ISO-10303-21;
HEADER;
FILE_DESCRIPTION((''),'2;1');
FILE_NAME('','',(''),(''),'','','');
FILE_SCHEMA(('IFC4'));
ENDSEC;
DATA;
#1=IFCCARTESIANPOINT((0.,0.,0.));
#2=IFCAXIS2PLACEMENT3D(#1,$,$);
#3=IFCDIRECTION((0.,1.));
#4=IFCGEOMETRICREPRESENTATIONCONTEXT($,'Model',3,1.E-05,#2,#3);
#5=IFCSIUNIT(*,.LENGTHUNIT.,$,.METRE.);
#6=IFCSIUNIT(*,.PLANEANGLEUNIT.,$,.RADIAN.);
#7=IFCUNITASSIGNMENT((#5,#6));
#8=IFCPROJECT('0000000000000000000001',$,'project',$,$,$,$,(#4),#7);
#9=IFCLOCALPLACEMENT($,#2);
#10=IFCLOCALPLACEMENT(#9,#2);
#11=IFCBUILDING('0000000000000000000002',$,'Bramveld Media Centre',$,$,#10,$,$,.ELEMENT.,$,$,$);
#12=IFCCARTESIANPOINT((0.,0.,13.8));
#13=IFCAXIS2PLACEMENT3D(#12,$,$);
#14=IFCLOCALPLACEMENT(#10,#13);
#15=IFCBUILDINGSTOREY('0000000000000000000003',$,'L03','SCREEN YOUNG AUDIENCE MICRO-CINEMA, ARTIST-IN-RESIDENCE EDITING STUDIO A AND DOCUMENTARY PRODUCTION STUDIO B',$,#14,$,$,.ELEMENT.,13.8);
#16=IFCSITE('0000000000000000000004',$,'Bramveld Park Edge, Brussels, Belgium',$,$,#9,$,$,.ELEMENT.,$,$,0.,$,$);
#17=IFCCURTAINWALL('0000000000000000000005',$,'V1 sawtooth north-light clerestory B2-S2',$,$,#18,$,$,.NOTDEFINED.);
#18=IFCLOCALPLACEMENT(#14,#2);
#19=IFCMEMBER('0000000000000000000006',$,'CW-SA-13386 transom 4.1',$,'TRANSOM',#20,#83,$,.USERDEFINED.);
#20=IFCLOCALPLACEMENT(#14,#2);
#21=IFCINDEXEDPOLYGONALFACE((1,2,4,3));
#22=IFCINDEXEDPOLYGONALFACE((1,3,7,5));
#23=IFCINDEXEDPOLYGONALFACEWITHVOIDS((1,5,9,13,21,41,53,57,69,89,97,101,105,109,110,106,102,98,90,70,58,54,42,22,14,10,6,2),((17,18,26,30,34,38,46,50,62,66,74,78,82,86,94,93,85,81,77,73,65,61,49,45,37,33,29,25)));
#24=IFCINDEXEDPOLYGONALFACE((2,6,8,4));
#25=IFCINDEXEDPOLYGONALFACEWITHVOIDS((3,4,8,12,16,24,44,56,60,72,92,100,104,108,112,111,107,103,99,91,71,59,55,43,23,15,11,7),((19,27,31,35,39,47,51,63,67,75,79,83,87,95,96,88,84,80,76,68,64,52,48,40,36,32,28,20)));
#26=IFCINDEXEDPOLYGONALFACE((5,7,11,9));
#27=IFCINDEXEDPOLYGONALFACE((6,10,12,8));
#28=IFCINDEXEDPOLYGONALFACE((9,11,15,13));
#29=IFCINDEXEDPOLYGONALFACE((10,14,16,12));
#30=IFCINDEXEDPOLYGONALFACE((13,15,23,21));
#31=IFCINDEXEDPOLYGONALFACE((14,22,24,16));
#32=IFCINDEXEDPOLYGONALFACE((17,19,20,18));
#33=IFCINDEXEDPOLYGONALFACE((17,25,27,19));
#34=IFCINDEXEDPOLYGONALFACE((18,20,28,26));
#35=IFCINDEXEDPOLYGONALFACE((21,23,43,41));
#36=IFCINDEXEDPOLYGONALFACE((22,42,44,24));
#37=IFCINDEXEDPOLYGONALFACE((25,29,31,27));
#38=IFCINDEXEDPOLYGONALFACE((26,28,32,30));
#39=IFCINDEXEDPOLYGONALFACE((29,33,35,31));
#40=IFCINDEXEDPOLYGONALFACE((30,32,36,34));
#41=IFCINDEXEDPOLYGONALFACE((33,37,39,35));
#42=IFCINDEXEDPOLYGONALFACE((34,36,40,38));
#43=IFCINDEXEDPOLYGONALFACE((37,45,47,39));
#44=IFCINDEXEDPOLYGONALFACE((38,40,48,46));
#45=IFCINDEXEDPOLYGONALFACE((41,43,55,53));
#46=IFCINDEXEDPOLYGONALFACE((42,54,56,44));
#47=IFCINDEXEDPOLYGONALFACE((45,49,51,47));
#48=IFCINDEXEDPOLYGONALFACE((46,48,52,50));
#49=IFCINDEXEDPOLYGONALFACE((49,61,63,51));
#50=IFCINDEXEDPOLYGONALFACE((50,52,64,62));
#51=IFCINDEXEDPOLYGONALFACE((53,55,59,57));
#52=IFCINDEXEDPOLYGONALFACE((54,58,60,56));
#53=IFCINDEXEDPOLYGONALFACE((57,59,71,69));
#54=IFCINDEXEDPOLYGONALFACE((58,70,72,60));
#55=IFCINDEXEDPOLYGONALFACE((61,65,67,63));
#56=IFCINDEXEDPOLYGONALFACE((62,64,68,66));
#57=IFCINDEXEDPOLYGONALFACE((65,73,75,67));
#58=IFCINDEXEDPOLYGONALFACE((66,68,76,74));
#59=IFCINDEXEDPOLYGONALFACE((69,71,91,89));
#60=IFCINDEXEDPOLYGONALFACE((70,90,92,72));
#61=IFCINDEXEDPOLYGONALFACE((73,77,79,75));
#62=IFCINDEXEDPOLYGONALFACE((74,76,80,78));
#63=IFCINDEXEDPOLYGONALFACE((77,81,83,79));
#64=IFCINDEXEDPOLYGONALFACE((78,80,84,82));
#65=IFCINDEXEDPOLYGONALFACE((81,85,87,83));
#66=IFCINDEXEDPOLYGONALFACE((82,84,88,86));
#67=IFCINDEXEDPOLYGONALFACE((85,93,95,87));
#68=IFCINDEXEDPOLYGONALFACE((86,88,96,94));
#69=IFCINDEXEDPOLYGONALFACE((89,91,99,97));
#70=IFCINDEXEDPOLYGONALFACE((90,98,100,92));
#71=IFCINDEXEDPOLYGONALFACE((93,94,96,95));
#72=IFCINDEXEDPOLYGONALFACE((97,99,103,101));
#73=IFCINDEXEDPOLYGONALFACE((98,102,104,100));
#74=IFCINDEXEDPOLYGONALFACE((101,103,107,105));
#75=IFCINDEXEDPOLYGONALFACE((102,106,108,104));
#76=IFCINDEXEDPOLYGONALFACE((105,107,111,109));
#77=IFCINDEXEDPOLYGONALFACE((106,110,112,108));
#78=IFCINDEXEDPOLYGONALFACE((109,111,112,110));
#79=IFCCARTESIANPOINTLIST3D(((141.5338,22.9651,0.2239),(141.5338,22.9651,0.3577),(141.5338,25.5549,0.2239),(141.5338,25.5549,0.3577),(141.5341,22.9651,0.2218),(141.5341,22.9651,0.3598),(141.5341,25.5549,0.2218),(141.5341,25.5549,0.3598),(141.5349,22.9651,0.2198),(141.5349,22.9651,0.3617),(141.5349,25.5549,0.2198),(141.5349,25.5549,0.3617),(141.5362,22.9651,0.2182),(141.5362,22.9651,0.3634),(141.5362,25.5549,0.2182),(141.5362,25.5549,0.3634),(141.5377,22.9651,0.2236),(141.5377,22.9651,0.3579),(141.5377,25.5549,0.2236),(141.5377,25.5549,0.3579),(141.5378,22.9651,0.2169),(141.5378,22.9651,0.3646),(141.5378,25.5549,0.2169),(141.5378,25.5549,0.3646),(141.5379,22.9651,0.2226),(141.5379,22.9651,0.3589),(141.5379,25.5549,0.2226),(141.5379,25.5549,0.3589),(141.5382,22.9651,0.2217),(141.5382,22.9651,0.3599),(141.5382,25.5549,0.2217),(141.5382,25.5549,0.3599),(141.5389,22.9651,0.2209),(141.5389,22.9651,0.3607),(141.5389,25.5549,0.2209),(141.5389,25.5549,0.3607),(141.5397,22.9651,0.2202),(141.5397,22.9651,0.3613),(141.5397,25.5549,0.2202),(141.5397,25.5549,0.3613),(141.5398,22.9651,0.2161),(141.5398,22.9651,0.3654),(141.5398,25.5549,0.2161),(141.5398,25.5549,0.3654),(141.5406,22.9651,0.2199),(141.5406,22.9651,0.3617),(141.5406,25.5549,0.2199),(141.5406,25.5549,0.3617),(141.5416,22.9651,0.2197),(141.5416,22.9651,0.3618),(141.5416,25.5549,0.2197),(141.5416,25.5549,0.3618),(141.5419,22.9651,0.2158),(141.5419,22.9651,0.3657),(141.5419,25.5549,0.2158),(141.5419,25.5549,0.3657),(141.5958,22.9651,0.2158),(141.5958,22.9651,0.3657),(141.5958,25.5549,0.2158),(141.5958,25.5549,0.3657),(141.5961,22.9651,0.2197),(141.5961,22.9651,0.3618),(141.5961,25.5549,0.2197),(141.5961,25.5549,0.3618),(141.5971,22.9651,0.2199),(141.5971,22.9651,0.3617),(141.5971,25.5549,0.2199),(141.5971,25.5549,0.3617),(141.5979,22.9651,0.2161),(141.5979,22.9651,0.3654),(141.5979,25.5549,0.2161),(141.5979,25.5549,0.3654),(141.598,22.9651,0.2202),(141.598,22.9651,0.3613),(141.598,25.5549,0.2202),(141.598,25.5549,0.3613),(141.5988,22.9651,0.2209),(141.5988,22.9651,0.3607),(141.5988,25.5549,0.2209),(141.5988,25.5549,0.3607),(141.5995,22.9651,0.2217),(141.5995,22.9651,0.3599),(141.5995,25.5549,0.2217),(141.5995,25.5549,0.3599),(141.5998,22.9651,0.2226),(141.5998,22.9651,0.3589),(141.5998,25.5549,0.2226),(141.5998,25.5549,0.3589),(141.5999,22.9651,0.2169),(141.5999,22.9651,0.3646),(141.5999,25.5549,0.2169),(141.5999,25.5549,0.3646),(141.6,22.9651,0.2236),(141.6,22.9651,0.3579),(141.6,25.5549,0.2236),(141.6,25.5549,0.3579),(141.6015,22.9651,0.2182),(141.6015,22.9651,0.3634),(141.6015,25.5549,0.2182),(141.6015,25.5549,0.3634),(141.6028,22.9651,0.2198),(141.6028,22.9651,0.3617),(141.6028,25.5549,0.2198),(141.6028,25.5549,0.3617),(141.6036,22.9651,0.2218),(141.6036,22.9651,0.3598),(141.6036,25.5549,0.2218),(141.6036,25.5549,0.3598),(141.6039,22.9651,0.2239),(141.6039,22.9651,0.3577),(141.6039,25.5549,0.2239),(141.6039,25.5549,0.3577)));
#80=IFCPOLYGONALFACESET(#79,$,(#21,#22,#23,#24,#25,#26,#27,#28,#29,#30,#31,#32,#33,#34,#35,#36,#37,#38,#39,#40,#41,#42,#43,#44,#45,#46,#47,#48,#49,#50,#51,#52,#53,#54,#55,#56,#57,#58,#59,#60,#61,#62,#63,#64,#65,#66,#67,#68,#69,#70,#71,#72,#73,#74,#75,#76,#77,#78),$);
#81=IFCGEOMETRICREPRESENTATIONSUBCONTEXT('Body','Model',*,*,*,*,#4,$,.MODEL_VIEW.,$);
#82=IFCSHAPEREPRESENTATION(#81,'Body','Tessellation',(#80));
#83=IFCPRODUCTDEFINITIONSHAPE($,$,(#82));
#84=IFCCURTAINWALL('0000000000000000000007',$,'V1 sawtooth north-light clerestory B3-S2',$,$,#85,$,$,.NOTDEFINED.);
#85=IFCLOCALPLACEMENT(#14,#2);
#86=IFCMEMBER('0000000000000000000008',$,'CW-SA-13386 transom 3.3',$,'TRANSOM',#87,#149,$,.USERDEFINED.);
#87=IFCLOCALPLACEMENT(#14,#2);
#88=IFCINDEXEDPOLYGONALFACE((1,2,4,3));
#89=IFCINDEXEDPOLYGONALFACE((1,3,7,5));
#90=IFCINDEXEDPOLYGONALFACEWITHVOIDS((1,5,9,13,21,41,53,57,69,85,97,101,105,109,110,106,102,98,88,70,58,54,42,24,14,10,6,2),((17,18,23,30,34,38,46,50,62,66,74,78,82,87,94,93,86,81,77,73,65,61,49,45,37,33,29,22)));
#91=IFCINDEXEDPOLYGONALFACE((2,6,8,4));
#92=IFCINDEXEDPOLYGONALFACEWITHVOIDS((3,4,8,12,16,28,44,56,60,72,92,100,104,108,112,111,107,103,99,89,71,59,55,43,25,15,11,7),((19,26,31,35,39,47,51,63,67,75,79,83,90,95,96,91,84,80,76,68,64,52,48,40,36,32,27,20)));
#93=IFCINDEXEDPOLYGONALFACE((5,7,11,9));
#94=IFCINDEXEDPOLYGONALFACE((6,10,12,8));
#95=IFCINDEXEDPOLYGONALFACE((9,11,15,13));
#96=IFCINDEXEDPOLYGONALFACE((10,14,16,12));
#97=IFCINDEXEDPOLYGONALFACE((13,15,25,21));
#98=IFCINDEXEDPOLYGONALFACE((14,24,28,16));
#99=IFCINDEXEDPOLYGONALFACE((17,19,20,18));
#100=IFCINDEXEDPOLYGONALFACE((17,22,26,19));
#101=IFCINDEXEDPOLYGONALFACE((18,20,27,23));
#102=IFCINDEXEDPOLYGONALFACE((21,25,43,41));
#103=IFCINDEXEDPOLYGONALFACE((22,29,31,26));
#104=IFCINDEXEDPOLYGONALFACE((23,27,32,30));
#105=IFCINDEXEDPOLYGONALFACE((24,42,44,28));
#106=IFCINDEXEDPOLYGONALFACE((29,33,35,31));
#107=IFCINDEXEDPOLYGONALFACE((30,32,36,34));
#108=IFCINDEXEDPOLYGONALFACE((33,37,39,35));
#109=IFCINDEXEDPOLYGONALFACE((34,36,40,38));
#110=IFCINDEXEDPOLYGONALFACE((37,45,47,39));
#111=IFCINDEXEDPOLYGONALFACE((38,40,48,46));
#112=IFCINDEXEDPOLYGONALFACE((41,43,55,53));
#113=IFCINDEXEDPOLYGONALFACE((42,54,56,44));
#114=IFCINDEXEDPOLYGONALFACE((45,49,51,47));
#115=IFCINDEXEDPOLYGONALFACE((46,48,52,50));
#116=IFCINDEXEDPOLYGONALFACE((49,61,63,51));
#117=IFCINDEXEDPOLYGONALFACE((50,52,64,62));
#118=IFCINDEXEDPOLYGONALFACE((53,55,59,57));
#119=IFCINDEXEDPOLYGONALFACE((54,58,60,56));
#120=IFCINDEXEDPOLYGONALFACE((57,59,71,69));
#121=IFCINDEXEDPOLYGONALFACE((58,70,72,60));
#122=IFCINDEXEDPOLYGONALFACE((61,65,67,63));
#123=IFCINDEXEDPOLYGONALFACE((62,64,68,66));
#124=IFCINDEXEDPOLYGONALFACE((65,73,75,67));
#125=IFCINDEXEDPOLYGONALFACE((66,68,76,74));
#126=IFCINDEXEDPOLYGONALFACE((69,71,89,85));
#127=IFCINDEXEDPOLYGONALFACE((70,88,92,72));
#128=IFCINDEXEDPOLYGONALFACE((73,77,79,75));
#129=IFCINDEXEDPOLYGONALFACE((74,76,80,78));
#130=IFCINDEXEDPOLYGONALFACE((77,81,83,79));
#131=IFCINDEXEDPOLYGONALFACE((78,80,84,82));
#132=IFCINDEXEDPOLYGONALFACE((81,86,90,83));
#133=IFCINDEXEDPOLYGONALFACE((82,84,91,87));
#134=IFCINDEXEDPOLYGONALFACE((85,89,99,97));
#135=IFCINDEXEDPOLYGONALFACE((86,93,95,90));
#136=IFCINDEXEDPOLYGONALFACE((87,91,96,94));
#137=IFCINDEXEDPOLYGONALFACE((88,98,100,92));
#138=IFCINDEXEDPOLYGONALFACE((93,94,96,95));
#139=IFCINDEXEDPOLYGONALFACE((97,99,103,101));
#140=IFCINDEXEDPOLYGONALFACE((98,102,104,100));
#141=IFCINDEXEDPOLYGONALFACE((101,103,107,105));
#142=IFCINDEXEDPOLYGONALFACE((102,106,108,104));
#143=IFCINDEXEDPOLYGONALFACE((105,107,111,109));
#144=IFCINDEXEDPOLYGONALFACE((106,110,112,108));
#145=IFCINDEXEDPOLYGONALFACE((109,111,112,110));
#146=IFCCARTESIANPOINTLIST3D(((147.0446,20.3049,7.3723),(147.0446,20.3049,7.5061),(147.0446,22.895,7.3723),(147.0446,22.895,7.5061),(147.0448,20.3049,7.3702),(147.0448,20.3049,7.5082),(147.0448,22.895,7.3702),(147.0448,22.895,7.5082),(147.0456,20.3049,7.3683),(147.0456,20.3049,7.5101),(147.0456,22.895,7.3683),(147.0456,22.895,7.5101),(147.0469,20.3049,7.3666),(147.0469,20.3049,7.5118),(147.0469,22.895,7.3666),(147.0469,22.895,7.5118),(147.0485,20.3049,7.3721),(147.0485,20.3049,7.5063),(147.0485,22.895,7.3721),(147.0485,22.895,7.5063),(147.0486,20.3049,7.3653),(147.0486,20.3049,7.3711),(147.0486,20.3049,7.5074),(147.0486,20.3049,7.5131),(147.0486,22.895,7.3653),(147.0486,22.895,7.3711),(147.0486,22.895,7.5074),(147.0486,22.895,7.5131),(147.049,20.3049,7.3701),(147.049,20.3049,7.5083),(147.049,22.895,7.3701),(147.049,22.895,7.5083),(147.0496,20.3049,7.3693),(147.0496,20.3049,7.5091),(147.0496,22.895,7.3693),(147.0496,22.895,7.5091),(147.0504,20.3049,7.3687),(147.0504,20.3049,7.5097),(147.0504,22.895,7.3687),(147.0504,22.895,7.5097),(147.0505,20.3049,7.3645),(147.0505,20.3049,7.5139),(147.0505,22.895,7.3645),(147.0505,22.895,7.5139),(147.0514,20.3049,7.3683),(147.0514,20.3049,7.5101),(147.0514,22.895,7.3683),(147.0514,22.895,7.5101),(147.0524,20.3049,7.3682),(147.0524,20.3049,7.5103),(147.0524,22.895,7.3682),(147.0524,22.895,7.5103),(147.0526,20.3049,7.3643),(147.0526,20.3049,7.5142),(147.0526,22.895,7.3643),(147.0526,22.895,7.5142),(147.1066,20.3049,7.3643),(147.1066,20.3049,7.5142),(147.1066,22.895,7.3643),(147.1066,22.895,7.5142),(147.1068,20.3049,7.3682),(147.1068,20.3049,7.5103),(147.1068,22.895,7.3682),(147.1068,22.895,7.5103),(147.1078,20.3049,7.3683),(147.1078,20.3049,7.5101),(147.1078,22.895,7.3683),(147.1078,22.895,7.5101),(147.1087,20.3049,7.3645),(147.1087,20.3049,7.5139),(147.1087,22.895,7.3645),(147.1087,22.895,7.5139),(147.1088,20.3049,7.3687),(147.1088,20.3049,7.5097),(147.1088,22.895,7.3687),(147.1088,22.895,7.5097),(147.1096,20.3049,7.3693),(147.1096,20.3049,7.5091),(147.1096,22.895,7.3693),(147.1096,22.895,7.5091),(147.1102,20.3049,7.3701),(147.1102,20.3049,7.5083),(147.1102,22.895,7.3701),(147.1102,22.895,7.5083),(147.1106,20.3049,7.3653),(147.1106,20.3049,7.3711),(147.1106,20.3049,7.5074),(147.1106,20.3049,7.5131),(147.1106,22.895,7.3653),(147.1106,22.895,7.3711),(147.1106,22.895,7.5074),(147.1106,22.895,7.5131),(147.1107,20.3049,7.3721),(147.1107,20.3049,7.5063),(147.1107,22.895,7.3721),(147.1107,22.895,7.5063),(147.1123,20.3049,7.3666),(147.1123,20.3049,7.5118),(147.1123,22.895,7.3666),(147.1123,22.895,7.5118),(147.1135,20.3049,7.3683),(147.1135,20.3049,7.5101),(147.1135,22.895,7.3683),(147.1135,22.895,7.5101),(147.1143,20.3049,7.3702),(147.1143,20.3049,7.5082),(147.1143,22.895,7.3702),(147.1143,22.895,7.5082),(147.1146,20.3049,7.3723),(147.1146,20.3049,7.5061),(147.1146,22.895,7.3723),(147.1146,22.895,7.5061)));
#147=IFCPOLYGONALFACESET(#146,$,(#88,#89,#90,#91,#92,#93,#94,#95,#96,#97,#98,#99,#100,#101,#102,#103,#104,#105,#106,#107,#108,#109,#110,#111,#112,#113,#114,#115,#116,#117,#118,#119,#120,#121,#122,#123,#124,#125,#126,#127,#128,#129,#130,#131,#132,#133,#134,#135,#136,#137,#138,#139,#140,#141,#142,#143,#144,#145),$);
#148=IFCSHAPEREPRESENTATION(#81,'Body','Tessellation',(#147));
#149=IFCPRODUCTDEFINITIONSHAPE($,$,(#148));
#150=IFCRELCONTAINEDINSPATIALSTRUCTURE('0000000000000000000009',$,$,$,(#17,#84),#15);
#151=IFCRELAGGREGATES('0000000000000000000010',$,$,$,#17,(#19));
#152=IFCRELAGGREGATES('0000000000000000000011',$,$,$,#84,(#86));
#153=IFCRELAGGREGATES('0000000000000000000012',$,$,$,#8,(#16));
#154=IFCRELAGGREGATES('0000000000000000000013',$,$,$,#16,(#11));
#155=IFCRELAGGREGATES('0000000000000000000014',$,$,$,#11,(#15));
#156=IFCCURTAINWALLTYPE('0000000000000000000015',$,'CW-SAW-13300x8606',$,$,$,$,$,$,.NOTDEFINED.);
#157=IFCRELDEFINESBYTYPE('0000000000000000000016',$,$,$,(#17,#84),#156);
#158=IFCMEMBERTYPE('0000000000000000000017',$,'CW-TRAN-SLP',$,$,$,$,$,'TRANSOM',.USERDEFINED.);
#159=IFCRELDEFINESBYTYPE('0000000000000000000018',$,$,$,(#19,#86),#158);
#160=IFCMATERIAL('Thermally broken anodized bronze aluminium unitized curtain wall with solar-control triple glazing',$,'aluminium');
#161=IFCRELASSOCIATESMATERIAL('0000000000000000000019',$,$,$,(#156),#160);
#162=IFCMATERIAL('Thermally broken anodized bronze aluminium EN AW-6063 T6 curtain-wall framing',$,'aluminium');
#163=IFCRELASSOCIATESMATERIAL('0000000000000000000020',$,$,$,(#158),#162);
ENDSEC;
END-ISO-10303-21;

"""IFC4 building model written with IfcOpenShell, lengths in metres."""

from ifc_helpers import new_model, si_unit, direction, frame, origin, origin_2d, place, context, subcontext, project, spatial, hollow_rectangle, extrude, material, material_profile, profile_set, type_object, element, aggregate, save


model = new_model("IFC4")

# Units and contexts
model_context = context("Model", 3, precision=1e-05, world=origin(), true_north=direction((0.0, 1.0)))
body_context = subcontext(model_context, "Body", "Model", "MODEL_VIEW")
ifc_project = project(units=[si_unit("LENGTHUNIT", "METRE"), si_unit("PLANEANGLEUNIT", "RADIAN")], contexts=[model_context])

# Site, building, storey
site_placement = place(None, origin())
site = spatial("IfcSite", under=ifc_project, at=site_placement, Name="Bramveld Park Edge, Brussels, Belgium", CompositionType="ELEMENT", RefElevation=0.0)
building_placement = place(site_placement, origin())
building = spatial("IfcBuilding", under=site, at=building_placement, Name="Bramveld Media Centre", CompositionType="ELEMENT")
storey_placement = place(building_placement, frame((0.0, 0.0, 13.8)))
storey = spatial("IfcBuildingStorey", under=building, at=storey_placement, Name="L03", Description="SCREEN YOUNG AUDIENCE MICRO-CINEMA, ARTIST-IN-RESIDENCE EDITING STUDIO A AND DOCUMENTARY PRODUCTION STUDIO B", CompositionType="ELEMENT", Elevation=13.8)

# Curtain walls, members
ifc_material_1 = material(Name="Thermally broken anodized bronze aluminium unitized curtain wall with solar-control triple glazing", Category="aluminium")
curtain_wall_type = type_object("IfcCurtainWallType", Name="CW-SAW-13300x8606", PredefinedType="NOTDEFINED", material=ifc_material_1)
curtain_wall_1_placement = place(storey_placement, origin())
curtain_wall_1 = element("IfcCurtainWall", 1, at=curtain_wall_1_placement, inside=storey, type_object=curtain_wall_type, Name="V1 sawtooth north-light clerestory B2-S2", PredefinedType="NOTDEFINED")
ifc_material_2 = material(Name="Thermally broken anodized bronze aluminium EN AW-6063 T6 curtain-wall framing", Category="aluminium")
ifc_material_profile_1 = material_profile(ifc_material_2, hollow_rectangle(XDim=0.0701, YDim=0.1499, WallThickness=0.0039, InnerFilletRadius=0.0039, OuterFilletRadius=0.0081, at=origin_2d()), Name="AL-TRAN 70x150")
ifc_profile_set_1 = profile_set([ifc_material_profile_1], Name="Thermally broken anodized bronze aluminium EN AW-6063 T6 curtain-wall framing")
member_type_1 = type_object("IfcMemberType", Name="CW-TRAN-SLP", ElementType="TRANSOM", PredefinedType="USERDEFINED", material=ifc_profile_set_1)
member_1_placement = place(storey_placement, frame((141.5688, 22.9651, 0.2908), z_axis=(0.0, 1.0, 0.0), x_axis=(-1.0, 0.0, 0.0)))
member_1 = element("IfcMember", 2, at=member_1_placement, type_object=member_type_1, Name="CW-SA-13386 transom 4.1", ObjectType="TRANSOM", PredefinedType="USERDEFINED", context=body_context, shape_type="SweptSolid", body=[
    extrude(hollow_rectangle(XDim=0.0701, YDim=0.1499, WallThickness=0.0039, InnerFilletRadius=0.0039, OuterFilletRadius=0.0081, at=origin_2d()), origin(), (0.0, 0.0, 1.0), 2.5898),
])
curtain_wall_2_placement = place(storey_placement, origin())
curtain_wall_2 = element("IfcCurtainWall", 3, at=curtain_wall_2_placement, inside=storey, type_object=curtain_wall_type, Name="V1 sawtooth north-light clerestory B3-S2", PredefinedType="NOTDEFINED")
member_2_placement = place(storey_placement, frame((147.0796, 20.3049, 7.4392), z_axis=(0.0, 1.0, 0.0), x_axis=(-1.0, 0.0, 0.0)))
member_2 = element("IfcMember", 4, at=member_2_placement, type_object=member_type_1, Name="CW-SA-13386 transom 3.3", ObjectType="TRANSOM", PredefinedType="USERDEFINED", context=body_context, shape_type="SweptSolid", body=[
    extrude(hollow_rectangle(XDim=0.0701, YDim=0.1499, WallThickness=0.0039, InnerFilletRadius=0.0039, OuterFilletRadius=0.0081, at=origin_2d()), origin(), (0.0, 0.0, 1.0), 2.5901),
])

aggregate(curtain_wall_1, [member_1])
aggregate(curtain_wall_2, [member_2])

save(model, "model.ifc")
